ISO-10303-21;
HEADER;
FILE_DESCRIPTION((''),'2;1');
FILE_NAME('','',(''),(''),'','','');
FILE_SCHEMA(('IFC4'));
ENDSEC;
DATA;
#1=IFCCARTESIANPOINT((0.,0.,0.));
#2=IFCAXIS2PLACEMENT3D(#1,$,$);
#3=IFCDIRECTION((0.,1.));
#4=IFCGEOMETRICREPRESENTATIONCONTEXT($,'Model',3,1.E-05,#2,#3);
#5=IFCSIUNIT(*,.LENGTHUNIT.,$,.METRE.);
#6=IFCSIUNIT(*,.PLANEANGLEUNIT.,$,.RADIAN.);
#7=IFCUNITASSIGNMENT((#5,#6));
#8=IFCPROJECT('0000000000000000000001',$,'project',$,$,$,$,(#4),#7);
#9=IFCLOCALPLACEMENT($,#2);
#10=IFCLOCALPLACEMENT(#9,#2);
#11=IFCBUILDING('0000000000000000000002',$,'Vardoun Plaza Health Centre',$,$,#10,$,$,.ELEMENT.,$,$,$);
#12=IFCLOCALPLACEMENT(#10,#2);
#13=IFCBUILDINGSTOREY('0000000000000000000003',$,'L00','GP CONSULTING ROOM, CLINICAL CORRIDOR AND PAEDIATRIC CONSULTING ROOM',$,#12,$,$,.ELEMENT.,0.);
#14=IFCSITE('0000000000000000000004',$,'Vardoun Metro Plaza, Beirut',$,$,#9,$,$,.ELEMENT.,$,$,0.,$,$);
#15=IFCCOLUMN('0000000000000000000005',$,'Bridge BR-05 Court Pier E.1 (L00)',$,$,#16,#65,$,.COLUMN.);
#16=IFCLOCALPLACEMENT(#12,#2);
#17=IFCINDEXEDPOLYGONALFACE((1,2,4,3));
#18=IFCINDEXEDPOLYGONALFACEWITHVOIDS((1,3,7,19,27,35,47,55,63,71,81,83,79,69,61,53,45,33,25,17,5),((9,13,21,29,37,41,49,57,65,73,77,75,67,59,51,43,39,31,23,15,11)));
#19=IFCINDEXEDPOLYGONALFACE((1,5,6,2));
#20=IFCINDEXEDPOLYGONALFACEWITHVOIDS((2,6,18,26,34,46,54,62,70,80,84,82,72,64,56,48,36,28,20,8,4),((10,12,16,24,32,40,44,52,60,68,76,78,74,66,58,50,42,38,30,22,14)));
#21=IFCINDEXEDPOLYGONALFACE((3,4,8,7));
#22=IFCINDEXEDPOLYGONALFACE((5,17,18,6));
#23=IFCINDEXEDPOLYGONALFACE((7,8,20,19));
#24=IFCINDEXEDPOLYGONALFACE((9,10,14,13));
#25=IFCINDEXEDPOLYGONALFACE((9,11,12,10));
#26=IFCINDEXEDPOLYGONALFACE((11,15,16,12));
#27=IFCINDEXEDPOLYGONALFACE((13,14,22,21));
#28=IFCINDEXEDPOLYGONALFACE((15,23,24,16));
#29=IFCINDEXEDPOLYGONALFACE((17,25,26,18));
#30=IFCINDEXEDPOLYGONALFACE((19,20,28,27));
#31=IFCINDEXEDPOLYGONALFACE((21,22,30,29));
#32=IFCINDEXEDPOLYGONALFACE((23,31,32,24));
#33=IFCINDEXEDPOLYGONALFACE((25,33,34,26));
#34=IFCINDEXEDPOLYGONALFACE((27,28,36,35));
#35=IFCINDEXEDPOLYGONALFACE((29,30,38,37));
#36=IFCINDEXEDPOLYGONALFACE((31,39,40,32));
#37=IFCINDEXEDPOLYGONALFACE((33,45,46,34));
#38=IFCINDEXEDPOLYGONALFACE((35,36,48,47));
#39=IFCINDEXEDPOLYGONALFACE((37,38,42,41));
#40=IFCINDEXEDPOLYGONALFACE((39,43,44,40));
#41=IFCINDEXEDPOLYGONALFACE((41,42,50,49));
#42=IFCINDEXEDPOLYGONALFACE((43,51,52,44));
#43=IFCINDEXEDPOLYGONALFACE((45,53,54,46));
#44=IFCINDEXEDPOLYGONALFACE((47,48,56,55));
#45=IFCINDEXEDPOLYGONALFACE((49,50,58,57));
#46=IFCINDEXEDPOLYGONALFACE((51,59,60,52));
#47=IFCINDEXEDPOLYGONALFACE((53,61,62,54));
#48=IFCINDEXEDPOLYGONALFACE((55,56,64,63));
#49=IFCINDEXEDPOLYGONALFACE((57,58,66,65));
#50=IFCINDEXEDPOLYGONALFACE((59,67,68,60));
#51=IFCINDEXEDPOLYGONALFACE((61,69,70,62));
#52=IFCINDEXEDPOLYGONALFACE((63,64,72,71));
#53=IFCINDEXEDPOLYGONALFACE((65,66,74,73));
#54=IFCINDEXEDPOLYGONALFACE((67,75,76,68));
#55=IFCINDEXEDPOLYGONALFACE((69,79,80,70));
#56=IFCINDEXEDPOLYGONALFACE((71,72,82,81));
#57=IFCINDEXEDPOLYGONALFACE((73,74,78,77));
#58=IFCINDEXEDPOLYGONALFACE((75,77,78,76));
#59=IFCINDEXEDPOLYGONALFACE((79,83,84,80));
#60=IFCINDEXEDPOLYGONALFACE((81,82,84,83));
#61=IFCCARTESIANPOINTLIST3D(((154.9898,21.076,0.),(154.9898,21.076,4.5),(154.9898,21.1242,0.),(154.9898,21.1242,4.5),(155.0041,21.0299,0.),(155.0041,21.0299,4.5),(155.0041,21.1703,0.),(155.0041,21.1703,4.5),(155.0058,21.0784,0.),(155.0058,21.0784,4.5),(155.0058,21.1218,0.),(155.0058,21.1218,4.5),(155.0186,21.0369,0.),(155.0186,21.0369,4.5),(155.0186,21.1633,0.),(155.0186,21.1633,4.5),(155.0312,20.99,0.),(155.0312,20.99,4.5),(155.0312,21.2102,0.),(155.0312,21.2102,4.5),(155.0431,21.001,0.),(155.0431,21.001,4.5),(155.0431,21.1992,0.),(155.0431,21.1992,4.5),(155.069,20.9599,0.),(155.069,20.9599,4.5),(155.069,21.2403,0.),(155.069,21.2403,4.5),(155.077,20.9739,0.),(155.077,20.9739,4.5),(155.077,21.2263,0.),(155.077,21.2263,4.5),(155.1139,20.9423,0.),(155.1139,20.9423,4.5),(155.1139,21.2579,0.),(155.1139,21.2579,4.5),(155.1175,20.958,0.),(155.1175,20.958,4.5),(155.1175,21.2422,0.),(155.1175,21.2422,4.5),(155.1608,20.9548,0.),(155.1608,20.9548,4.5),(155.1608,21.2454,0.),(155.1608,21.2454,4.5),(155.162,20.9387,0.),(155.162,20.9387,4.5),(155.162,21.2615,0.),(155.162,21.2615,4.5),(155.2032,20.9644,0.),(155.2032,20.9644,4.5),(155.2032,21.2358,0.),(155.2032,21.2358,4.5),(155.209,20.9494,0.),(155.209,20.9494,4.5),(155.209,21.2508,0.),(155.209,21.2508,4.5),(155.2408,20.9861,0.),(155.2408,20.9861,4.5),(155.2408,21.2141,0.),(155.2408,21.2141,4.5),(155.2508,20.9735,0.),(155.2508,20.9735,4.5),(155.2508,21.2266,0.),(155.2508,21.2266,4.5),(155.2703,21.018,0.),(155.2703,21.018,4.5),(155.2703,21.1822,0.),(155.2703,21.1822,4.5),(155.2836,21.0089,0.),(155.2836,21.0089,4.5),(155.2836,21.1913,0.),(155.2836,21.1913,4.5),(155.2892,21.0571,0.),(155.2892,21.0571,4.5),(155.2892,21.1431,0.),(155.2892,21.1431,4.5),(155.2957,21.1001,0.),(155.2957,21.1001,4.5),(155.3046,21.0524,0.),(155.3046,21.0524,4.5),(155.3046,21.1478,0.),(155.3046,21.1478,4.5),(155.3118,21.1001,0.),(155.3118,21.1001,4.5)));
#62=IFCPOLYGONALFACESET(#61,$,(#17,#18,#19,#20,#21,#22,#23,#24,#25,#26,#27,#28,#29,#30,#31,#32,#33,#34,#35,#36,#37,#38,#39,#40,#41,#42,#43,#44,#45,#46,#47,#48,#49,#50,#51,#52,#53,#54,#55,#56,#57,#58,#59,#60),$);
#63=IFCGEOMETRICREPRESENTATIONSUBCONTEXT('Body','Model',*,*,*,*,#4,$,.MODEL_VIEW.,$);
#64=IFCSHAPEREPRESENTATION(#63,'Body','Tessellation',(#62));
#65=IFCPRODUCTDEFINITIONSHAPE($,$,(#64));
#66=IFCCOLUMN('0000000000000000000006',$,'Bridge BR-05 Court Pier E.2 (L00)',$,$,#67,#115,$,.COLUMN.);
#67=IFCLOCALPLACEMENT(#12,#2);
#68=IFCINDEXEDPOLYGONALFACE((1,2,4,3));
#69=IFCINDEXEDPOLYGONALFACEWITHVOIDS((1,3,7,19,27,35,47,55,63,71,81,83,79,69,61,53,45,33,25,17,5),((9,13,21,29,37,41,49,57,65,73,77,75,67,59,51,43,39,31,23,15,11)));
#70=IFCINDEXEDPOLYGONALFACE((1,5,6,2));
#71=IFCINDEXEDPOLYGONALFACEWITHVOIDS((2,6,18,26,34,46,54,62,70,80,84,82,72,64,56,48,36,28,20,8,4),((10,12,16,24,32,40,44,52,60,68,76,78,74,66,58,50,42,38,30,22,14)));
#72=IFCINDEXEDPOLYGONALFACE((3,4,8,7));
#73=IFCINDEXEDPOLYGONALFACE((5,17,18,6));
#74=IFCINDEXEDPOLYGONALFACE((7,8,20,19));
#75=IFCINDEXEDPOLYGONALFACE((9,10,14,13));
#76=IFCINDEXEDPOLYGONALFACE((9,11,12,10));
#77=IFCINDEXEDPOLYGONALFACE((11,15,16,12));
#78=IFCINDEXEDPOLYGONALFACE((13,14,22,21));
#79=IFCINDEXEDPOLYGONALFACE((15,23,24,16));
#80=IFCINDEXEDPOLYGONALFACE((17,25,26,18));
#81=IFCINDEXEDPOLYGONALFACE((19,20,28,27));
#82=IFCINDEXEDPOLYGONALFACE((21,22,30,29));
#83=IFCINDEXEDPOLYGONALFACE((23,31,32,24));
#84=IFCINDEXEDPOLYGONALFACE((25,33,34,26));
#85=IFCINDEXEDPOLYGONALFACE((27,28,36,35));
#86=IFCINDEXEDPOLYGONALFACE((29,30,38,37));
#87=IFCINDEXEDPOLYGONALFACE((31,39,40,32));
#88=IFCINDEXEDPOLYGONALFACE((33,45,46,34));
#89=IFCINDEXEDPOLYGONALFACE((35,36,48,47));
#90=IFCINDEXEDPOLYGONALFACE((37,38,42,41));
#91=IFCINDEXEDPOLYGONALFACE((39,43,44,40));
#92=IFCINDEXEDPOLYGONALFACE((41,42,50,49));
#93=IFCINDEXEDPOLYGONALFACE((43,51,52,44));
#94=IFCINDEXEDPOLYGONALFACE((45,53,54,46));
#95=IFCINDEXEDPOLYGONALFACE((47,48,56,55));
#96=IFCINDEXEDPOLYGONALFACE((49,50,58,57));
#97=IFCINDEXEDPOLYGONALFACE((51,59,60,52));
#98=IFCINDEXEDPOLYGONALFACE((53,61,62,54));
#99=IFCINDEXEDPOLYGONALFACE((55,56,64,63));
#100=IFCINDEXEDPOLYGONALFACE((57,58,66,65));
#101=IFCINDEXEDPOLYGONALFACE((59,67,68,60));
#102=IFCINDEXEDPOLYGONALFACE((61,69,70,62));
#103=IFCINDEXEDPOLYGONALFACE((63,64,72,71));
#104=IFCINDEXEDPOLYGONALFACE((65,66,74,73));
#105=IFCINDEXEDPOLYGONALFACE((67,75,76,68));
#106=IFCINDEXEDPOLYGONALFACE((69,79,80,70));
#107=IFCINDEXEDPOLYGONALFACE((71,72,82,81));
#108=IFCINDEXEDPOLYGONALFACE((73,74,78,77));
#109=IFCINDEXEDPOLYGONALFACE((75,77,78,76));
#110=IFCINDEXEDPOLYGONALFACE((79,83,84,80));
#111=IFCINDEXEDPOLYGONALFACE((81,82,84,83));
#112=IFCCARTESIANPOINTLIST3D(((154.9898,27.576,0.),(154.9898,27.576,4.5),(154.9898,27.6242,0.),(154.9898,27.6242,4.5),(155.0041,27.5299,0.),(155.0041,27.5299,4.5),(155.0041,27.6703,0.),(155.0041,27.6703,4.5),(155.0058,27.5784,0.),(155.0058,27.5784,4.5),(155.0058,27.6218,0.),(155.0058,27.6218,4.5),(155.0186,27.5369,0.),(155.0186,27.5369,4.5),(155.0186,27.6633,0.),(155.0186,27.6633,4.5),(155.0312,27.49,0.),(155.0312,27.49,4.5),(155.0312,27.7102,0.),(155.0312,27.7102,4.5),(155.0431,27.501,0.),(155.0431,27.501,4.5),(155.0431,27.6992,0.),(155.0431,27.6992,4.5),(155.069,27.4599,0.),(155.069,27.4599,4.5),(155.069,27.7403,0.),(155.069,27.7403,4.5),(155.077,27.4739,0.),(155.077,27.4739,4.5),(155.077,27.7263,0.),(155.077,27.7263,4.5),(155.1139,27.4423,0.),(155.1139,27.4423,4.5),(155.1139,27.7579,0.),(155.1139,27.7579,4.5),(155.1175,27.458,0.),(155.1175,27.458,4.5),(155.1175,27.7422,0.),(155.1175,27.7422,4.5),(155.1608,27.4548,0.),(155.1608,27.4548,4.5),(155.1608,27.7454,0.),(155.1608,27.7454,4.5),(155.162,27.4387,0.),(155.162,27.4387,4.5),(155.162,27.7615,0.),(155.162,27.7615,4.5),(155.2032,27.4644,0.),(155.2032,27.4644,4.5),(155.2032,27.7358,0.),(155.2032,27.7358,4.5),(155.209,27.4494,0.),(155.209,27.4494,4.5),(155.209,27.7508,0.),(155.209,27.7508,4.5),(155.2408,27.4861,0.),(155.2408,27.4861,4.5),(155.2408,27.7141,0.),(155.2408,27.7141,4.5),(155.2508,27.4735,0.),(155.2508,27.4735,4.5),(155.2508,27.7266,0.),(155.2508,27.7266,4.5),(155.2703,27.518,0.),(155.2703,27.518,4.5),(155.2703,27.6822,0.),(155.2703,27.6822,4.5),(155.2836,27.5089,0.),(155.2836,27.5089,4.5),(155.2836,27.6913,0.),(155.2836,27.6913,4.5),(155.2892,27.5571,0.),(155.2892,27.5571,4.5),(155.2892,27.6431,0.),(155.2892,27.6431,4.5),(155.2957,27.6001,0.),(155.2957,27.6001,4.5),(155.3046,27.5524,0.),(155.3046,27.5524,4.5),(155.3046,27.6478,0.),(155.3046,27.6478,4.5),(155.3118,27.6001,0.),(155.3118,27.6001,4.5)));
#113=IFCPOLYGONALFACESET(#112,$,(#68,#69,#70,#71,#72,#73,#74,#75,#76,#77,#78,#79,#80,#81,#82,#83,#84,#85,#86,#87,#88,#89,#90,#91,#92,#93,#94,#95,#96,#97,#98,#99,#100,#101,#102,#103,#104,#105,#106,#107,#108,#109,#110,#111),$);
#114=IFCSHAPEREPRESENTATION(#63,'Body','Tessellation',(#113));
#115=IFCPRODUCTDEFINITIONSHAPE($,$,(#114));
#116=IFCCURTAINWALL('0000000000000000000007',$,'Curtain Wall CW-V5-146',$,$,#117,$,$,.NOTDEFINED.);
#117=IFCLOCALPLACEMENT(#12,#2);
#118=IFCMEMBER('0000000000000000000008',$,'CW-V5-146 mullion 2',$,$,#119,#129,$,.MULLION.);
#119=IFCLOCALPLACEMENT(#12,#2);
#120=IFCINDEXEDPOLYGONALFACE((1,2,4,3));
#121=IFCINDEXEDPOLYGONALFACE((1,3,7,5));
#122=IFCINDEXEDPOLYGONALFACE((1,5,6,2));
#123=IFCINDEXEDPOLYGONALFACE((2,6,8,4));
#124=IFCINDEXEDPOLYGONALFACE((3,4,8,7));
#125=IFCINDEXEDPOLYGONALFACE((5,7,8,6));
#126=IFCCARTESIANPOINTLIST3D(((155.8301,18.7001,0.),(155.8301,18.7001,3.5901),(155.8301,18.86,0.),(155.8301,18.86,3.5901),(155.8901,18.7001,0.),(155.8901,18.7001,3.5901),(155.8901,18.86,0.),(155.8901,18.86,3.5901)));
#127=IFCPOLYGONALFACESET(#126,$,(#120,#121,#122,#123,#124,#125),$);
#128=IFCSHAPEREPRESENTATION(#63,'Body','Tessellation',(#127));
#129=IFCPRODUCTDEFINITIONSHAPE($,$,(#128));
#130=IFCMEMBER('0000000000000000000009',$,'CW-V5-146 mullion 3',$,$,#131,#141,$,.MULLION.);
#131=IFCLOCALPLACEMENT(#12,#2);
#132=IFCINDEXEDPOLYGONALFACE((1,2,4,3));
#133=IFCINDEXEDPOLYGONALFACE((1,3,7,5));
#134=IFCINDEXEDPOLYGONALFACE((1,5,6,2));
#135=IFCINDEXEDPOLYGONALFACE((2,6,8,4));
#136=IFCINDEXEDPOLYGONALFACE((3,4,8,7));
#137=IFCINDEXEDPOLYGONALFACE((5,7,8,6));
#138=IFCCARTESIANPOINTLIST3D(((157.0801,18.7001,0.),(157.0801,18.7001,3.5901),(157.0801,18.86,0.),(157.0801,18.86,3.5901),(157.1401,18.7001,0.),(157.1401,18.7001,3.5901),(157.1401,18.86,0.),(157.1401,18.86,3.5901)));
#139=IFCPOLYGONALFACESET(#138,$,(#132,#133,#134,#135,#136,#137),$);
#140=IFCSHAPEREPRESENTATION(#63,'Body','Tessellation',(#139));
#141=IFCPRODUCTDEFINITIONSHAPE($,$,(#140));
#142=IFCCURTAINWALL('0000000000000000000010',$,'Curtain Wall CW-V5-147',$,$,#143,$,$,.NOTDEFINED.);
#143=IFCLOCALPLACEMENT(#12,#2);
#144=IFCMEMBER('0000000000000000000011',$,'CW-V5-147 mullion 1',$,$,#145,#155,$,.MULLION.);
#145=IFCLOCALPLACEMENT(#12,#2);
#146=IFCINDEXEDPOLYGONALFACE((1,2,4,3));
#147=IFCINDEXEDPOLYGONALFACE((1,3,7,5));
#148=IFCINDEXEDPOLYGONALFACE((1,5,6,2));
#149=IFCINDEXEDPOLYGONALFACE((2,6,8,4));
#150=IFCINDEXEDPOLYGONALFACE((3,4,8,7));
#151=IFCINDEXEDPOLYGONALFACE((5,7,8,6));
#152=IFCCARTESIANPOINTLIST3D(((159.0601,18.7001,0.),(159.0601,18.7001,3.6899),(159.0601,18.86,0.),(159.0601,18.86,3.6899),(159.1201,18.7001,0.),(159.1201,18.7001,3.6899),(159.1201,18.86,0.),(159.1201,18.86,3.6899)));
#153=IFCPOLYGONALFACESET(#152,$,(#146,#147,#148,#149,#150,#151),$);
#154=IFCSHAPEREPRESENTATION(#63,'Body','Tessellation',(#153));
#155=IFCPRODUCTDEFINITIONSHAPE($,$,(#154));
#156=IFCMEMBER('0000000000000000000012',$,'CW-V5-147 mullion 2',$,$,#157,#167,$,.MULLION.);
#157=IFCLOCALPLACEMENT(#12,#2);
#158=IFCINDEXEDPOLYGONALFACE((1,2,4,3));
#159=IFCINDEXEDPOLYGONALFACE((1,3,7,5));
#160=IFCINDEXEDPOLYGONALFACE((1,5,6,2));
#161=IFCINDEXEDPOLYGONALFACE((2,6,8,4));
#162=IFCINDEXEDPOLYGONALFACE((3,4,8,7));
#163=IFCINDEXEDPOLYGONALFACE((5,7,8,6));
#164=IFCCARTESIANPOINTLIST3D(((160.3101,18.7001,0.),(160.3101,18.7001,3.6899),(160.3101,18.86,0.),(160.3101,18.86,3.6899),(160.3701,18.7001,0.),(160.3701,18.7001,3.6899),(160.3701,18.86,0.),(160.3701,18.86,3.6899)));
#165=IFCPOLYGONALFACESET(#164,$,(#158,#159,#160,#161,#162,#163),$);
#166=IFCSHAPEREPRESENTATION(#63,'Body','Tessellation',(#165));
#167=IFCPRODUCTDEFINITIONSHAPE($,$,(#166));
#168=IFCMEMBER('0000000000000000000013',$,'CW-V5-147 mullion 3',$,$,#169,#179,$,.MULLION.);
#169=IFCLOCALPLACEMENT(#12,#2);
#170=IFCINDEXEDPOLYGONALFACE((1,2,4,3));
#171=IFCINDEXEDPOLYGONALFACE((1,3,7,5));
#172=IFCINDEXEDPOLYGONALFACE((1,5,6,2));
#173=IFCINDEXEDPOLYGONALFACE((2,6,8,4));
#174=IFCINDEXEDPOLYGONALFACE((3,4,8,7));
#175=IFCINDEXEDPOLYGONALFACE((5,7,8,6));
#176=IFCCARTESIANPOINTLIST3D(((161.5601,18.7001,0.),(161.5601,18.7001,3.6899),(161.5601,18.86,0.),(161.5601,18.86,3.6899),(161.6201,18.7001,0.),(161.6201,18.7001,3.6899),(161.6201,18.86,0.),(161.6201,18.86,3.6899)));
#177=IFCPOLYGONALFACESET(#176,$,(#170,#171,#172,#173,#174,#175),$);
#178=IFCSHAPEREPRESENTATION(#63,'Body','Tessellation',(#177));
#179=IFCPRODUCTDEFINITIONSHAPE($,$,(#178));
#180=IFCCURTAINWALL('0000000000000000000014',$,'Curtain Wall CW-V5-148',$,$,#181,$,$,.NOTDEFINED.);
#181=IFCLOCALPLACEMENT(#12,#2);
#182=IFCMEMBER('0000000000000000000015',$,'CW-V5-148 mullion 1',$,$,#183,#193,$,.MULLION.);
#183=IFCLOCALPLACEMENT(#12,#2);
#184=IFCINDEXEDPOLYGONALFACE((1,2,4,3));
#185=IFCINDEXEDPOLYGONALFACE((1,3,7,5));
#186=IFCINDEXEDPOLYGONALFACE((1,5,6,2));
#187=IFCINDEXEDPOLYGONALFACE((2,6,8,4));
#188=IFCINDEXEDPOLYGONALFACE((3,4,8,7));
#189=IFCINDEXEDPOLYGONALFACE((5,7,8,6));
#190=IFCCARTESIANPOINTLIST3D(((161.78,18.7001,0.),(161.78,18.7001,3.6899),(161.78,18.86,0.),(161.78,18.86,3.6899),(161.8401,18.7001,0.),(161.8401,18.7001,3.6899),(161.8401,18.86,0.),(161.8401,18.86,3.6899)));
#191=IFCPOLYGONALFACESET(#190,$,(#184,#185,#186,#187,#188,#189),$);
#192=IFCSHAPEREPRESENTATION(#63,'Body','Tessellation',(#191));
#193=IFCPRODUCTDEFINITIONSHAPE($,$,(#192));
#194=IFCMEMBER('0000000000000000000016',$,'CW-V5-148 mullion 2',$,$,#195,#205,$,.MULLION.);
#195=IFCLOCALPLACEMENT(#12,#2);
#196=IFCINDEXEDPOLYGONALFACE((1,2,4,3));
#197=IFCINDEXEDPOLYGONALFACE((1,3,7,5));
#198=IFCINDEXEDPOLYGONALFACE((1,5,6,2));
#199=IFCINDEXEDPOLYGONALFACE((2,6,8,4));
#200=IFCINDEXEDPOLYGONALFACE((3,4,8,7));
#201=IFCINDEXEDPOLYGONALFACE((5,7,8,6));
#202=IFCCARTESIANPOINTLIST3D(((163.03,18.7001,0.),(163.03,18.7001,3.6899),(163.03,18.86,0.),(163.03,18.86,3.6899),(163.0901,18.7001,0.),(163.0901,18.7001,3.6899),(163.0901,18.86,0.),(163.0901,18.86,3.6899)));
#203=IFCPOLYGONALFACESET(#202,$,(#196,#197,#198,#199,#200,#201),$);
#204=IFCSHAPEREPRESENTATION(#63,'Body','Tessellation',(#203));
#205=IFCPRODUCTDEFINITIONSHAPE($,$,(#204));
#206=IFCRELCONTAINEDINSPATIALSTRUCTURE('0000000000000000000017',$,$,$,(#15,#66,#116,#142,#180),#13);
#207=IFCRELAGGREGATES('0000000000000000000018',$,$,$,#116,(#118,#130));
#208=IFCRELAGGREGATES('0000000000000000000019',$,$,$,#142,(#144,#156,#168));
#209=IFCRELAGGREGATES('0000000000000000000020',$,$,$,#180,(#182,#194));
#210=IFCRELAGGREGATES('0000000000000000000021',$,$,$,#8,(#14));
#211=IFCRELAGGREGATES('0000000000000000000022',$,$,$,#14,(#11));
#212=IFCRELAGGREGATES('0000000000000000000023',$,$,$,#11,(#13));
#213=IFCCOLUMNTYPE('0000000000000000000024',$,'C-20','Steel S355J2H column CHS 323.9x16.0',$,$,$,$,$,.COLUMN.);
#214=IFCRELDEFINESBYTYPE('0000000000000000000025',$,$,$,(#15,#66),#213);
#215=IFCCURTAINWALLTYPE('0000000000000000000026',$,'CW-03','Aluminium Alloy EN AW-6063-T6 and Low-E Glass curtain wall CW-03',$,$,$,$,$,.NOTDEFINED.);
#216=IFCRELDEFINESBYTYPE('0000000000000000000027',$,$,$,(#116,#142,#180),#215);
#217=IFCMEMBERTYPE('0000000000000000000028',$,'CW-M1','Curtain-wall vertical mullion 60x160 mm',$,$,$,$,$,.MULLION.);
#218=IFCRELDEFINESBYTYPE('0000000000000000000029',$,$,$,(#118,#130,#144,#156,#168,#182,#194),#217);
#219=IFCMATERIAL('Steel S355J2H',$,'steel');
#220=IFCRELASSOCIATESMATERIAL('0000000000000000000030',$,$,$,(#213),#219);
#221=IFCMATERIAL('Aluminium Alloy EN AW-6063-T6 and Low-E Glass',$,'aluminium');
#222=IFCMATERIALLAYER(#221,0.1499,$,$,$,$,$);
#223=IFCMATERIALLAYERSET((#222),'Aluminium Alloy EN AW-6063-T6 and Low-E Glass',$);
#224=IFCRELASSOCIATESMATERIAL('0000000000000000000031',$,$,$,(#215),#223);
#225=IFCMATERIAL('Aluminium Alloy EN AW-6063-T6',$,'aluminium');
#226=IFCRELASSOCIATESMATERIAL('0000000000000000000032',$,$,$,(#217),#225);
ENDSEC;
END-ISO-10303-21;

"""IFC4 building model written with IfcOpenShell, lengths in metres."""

from ifc_helpers import new_model, si_unit, direction, frame, origin, origin_2d, place, context, subcontext, project, spatial, rectangle, hollow_circle, extrude, material, layer, layer_set, material_profile, profile_set, type_object, element, aggregate, save


model = new_model("IFC4")

# Units and contexts
model_context = context("Model", 3, precision=1e-05, world=origin(), true_north=direction((0.0, 1.0)))
body_context = subcontext(model_context, "Body", "Model", "MODEL_VIEW")
ifc_project = project(units=[si_unit("LENGTHUNIT", "METRE"), si_unit("PLANEANGLEUNIT", "RADIAN")], contexts=[model_context])

# Site, building, storey
site_placement = place(None, origin())
site = spatial("IfcSite", under=ifc_project, at=site_placement, Name="Vardoun Metro Plaza, Beirut", CompositionType="ELEMENT", RefElevation=0.0)
building_placement = place(site_placement, origin())
building = spatial("IfcBuilding", under=site, at=building_placement, Name="Vardoun Plaza Health Centre", CompositionType="ELEMENT")
storey_placement = place(building_placement, origin())
storey = spatial("IfcBuildingStorey", under=building, at=storey_placement, Name="L00", Description="GP CONSULTING ROOM, CLINICAL CORRIDOR AND PAEDIATRIC CONSULTING ROOM", CompositionType="ELEMENT", Elevation=0.0)

# Columns
ifc_material_1 = material(Name="Steel S355J2H", Category="steel")
ifc_material_profile_1 = material_profile(ifc_material_1, hollow_circle(Radius=0.1619, WallThickness=0.0161, at=origin_2d()), Name="CHS 323.9x16.0")
ifc_profile_set_1 = profile_set([ifc_material_profile_1], Name="Steel S355J2H")
column_type = type_object("IfcColumnType", Name="C-20", Description="Steel S355J2H column CHS 323.9x16.0", PredefinedType="COLUMN", material=ifc_profile_set_1)
for number, where, z_axis, x_axis, name in (
    (1, (155.1499, 21.1001, 0.0), (0.0, 0.0, 1.0), (1.0, 0.0, 0.0), "Bridge BR-05 Court Pier E.1 (L00)"),
    (2, (155.1499, 27.6001, 0.0), (0.0, 0.0, 1.0), (1.0, 0.0, 0.0), "Bridge BR-05 Court Pier E.2 (L00)"),
):
    element("IfcColumn", number, at=place(storey_placement, frame(where, z_axis=z_axis, x_axis=x_axis)), inside=storey, type_object=column_type, Name=name, PredefinedType="COLUMN", context=body_context, shape_type="SweptSolid", body=[
        extrude(hollow_circle(Radius=0.1619, WallThickness=0.0161, at=origin_2d()), origin(), (0.0, 0.0, 1.0), 4.5),
    ])

# Curtain walls, members
ifc_material_2 = material(Name="Aluminium Alloy EN AW-6063-T6 and Low-E Glass", Category="aluminium")
ifc_layer_1 = layer(ifc_material_2, 0.1499)
ifc_layer_set_1 = layer_set([ifc_layer_1], Name="Aluminium Alloy EN AW-6063-T6 and Low-E Glass")
curtain_wall_type = type_object("IfcCurtainWallType", Name="CW-03", Description="Aluminium Alloy EN AW-6063-T6 and Low-E Glass curtain wall CW-03", PredefinedType="NOTDEFINED", material=ifc_layer_set_1)
curtain_wall_1_placement = place(storey_placement, origin())
curtain_wall_1 = element("IfcCurtainWall", 3, at=curtain_wall_1_placement, inside=storey, type_object=curtain_wall_type, Name="Curtain Wall CW-V5-146", PredefinedType="NOTDEFINED")
ifc_material_3 = material(Name="Aluminium Alloy EN AW-6063-T6", Category="aluminium")
ifc_material_profile_2 = material_profile(ifc_material_3, rectangle(XDim=0.1599, YDim=0.0601, at=origin_2d()), Name="CWM 60x160")
ifc_profile_set_2 = profile_set([ifc_material_profile_2], Name="Aluminium Alloy EN AW-6063-T6")
member_type_1 = type_object("IfcMemberType", Name="CW-M1", Description="Curtain-wall vertical mullion 60x160 mm", PredefinedType="MULLION", material=ifc_profile_set_2)
member_1_placement = place(storey_placement, frame((155.8601, 18.78, 0.0), z_axis=(0.0, 0.0, 1.0), x_axis=(0.0, 1.0, 0.0)))
member_1 = element("IfcMember", 4, at=member_1_placement, type_object=member_type_1, Name="CW-V5-146 mullion 2", PredefinedType="MULLION", context=body_context, shape_type="SweptSolid", body=[
    extrude(rectangle(XDim=0.1599, YDim=0.0601, at=origin_2d()), origin(), (0.0, 0.0, 1.0), 3.5901),
])
member_2_placement = place(storey_placement, frame((157.1101, 18.78, 0.0), z_axis=(0.0, 0.0, 1.0), x_axis=(0.0, 1.0, 0.0)))
member_2 = element("IfcMember", 5, at=member_2_placement, type_object=member_type_1, Name="CW-V5-146 mullion 3", PredefinedType="MULLION", context=body_context, shape_type="SweptSolid", body=[
    extrude(rectangle(XDim=0.1599, YDim=0.0601, at=origin_2d()), origin(), (0.0, 0.0, 1.0), 3.5901),
])
curtain_wall_2_placement = place(storey_placement, origin())
curtain_wall_2 = element("IfcCurtainWall", 6, at=curtain_wall_2_placement, inside=storey, type_object=curtain_wall_type, Name="Curtain Wall CW-V5-147", PredefinedType="NOTDEFINED")
member_3_placement = place(storey_placement, frame((159.0901, 18.78, 0.0), z_axis=(0.0, 0.0, 1.0), x_axis=(0.0, 1.0, 0.0)))
member_3 = element("IfcMember", 7, at=member_3_placement, type_object=member_type_1, Name="CW-V5-147 mullion 1", PredefinedType="MULLION", context=body_context, shape_type="SweptSolid", body=[
    extrude(rectangle(XDim=0.1599, YDim=0.0601, at=origin_2d()), origin(), (0.0, 0.0, 1.0), 3.6899),
])
member_4_placement = place(storey_placement, frame((160.3401, 18.78, 0.0), z_axis=(0.0, 0.0, 1.0), x_axis=(0.0, 1.0, 0.0)))
member_4 = element("IfcMember", 8, at=member_4_placement, type_object=member_type_1, Name="CW-V5-147 mullion 2", PredefinedType="MULLION", context=body_context, shape_type="SweptSolid", body=[
    extrude(rectangle(XDim=0.1599, YDim=0.0601, at=origin_2d()), origin(), (0.0, 0.0, 1.0), 3.6899),
])
member_5_placement = place(storey_placement, frame((161.5901, 18.78, 0.0), z_axis=(0.0, 0.0, 1.0), x_axis=(0.0, 1.0, 0.0)))
member_5 = element("IfcMember", 9, at=member_5_placement, type_object=member_type_1, Name="CW-V5-147 mullion 3", PredefinedType="MULLION", context=body_context, shape_type="SweptSolid", body=[
    extrude(rectangle(XDim=0.1599, YDim=0.0601, at=origin_2d()), origin(), (0.0, 0.0, 1.0), 3.6899),
])
curtain_wall_3_placement = place(storey_placement, origin())
curtain_wall_3 = element("IfcCurtainWall", 10, at=curtain_wall_3_placement, inside=storey, type_object=curtain_wall_type, Name="Curtain Wall CW-V5-148", PredefinedType="NOTDEFINED")
member_6_placement = place(storey_placement, frame((161.8101, 18.78, 0.0), z_axis=(0.0, 0.0, 1.0), x_axis=(0.0, 1.0, 0.0)))
member_6 = element("IfcMember", 11, at=member_6_placement, type_object=member_type_1, Name="CW-V5-148 mullion 1", PredefinedType="MULLION", context=body_context, shape_type="SweptSolid", body=[
    extrude(rectangle(XDim=0.1599, YDim=0.0601, at=origin_2d()), origin(), (0.0, 0.0, 1.0), 3.6899),
])
member_7_placement = place(storey_placement, frame((163.0601, 18.78, 0.0), z_axis=(0.0, 0.0, 1.0), x_axis=(0.0, 1.0, 0.0)))
member_7 = element("IfcMember", 12, at=member_7_placement, type_object=member_type_1, Name="CW-V5-148 mullion 2", PredefinedType="MULLION", context=body_context, shape_type="SweptSolid", body=[
    extrude(rectangle(XDim=0.1599, YDim=0.0601, at=origin_2d()), origin(), (0.0, 0.0, 1.0), 3.6899),
])

aggregate(curtain_wall_1, [member_1, member_2])
aggregate(curtain_wall_2, [member_3, member_4, member_5])
aggregate(curtain_wall_3, [member_6, member_7])

save(model, "model.ifc")
